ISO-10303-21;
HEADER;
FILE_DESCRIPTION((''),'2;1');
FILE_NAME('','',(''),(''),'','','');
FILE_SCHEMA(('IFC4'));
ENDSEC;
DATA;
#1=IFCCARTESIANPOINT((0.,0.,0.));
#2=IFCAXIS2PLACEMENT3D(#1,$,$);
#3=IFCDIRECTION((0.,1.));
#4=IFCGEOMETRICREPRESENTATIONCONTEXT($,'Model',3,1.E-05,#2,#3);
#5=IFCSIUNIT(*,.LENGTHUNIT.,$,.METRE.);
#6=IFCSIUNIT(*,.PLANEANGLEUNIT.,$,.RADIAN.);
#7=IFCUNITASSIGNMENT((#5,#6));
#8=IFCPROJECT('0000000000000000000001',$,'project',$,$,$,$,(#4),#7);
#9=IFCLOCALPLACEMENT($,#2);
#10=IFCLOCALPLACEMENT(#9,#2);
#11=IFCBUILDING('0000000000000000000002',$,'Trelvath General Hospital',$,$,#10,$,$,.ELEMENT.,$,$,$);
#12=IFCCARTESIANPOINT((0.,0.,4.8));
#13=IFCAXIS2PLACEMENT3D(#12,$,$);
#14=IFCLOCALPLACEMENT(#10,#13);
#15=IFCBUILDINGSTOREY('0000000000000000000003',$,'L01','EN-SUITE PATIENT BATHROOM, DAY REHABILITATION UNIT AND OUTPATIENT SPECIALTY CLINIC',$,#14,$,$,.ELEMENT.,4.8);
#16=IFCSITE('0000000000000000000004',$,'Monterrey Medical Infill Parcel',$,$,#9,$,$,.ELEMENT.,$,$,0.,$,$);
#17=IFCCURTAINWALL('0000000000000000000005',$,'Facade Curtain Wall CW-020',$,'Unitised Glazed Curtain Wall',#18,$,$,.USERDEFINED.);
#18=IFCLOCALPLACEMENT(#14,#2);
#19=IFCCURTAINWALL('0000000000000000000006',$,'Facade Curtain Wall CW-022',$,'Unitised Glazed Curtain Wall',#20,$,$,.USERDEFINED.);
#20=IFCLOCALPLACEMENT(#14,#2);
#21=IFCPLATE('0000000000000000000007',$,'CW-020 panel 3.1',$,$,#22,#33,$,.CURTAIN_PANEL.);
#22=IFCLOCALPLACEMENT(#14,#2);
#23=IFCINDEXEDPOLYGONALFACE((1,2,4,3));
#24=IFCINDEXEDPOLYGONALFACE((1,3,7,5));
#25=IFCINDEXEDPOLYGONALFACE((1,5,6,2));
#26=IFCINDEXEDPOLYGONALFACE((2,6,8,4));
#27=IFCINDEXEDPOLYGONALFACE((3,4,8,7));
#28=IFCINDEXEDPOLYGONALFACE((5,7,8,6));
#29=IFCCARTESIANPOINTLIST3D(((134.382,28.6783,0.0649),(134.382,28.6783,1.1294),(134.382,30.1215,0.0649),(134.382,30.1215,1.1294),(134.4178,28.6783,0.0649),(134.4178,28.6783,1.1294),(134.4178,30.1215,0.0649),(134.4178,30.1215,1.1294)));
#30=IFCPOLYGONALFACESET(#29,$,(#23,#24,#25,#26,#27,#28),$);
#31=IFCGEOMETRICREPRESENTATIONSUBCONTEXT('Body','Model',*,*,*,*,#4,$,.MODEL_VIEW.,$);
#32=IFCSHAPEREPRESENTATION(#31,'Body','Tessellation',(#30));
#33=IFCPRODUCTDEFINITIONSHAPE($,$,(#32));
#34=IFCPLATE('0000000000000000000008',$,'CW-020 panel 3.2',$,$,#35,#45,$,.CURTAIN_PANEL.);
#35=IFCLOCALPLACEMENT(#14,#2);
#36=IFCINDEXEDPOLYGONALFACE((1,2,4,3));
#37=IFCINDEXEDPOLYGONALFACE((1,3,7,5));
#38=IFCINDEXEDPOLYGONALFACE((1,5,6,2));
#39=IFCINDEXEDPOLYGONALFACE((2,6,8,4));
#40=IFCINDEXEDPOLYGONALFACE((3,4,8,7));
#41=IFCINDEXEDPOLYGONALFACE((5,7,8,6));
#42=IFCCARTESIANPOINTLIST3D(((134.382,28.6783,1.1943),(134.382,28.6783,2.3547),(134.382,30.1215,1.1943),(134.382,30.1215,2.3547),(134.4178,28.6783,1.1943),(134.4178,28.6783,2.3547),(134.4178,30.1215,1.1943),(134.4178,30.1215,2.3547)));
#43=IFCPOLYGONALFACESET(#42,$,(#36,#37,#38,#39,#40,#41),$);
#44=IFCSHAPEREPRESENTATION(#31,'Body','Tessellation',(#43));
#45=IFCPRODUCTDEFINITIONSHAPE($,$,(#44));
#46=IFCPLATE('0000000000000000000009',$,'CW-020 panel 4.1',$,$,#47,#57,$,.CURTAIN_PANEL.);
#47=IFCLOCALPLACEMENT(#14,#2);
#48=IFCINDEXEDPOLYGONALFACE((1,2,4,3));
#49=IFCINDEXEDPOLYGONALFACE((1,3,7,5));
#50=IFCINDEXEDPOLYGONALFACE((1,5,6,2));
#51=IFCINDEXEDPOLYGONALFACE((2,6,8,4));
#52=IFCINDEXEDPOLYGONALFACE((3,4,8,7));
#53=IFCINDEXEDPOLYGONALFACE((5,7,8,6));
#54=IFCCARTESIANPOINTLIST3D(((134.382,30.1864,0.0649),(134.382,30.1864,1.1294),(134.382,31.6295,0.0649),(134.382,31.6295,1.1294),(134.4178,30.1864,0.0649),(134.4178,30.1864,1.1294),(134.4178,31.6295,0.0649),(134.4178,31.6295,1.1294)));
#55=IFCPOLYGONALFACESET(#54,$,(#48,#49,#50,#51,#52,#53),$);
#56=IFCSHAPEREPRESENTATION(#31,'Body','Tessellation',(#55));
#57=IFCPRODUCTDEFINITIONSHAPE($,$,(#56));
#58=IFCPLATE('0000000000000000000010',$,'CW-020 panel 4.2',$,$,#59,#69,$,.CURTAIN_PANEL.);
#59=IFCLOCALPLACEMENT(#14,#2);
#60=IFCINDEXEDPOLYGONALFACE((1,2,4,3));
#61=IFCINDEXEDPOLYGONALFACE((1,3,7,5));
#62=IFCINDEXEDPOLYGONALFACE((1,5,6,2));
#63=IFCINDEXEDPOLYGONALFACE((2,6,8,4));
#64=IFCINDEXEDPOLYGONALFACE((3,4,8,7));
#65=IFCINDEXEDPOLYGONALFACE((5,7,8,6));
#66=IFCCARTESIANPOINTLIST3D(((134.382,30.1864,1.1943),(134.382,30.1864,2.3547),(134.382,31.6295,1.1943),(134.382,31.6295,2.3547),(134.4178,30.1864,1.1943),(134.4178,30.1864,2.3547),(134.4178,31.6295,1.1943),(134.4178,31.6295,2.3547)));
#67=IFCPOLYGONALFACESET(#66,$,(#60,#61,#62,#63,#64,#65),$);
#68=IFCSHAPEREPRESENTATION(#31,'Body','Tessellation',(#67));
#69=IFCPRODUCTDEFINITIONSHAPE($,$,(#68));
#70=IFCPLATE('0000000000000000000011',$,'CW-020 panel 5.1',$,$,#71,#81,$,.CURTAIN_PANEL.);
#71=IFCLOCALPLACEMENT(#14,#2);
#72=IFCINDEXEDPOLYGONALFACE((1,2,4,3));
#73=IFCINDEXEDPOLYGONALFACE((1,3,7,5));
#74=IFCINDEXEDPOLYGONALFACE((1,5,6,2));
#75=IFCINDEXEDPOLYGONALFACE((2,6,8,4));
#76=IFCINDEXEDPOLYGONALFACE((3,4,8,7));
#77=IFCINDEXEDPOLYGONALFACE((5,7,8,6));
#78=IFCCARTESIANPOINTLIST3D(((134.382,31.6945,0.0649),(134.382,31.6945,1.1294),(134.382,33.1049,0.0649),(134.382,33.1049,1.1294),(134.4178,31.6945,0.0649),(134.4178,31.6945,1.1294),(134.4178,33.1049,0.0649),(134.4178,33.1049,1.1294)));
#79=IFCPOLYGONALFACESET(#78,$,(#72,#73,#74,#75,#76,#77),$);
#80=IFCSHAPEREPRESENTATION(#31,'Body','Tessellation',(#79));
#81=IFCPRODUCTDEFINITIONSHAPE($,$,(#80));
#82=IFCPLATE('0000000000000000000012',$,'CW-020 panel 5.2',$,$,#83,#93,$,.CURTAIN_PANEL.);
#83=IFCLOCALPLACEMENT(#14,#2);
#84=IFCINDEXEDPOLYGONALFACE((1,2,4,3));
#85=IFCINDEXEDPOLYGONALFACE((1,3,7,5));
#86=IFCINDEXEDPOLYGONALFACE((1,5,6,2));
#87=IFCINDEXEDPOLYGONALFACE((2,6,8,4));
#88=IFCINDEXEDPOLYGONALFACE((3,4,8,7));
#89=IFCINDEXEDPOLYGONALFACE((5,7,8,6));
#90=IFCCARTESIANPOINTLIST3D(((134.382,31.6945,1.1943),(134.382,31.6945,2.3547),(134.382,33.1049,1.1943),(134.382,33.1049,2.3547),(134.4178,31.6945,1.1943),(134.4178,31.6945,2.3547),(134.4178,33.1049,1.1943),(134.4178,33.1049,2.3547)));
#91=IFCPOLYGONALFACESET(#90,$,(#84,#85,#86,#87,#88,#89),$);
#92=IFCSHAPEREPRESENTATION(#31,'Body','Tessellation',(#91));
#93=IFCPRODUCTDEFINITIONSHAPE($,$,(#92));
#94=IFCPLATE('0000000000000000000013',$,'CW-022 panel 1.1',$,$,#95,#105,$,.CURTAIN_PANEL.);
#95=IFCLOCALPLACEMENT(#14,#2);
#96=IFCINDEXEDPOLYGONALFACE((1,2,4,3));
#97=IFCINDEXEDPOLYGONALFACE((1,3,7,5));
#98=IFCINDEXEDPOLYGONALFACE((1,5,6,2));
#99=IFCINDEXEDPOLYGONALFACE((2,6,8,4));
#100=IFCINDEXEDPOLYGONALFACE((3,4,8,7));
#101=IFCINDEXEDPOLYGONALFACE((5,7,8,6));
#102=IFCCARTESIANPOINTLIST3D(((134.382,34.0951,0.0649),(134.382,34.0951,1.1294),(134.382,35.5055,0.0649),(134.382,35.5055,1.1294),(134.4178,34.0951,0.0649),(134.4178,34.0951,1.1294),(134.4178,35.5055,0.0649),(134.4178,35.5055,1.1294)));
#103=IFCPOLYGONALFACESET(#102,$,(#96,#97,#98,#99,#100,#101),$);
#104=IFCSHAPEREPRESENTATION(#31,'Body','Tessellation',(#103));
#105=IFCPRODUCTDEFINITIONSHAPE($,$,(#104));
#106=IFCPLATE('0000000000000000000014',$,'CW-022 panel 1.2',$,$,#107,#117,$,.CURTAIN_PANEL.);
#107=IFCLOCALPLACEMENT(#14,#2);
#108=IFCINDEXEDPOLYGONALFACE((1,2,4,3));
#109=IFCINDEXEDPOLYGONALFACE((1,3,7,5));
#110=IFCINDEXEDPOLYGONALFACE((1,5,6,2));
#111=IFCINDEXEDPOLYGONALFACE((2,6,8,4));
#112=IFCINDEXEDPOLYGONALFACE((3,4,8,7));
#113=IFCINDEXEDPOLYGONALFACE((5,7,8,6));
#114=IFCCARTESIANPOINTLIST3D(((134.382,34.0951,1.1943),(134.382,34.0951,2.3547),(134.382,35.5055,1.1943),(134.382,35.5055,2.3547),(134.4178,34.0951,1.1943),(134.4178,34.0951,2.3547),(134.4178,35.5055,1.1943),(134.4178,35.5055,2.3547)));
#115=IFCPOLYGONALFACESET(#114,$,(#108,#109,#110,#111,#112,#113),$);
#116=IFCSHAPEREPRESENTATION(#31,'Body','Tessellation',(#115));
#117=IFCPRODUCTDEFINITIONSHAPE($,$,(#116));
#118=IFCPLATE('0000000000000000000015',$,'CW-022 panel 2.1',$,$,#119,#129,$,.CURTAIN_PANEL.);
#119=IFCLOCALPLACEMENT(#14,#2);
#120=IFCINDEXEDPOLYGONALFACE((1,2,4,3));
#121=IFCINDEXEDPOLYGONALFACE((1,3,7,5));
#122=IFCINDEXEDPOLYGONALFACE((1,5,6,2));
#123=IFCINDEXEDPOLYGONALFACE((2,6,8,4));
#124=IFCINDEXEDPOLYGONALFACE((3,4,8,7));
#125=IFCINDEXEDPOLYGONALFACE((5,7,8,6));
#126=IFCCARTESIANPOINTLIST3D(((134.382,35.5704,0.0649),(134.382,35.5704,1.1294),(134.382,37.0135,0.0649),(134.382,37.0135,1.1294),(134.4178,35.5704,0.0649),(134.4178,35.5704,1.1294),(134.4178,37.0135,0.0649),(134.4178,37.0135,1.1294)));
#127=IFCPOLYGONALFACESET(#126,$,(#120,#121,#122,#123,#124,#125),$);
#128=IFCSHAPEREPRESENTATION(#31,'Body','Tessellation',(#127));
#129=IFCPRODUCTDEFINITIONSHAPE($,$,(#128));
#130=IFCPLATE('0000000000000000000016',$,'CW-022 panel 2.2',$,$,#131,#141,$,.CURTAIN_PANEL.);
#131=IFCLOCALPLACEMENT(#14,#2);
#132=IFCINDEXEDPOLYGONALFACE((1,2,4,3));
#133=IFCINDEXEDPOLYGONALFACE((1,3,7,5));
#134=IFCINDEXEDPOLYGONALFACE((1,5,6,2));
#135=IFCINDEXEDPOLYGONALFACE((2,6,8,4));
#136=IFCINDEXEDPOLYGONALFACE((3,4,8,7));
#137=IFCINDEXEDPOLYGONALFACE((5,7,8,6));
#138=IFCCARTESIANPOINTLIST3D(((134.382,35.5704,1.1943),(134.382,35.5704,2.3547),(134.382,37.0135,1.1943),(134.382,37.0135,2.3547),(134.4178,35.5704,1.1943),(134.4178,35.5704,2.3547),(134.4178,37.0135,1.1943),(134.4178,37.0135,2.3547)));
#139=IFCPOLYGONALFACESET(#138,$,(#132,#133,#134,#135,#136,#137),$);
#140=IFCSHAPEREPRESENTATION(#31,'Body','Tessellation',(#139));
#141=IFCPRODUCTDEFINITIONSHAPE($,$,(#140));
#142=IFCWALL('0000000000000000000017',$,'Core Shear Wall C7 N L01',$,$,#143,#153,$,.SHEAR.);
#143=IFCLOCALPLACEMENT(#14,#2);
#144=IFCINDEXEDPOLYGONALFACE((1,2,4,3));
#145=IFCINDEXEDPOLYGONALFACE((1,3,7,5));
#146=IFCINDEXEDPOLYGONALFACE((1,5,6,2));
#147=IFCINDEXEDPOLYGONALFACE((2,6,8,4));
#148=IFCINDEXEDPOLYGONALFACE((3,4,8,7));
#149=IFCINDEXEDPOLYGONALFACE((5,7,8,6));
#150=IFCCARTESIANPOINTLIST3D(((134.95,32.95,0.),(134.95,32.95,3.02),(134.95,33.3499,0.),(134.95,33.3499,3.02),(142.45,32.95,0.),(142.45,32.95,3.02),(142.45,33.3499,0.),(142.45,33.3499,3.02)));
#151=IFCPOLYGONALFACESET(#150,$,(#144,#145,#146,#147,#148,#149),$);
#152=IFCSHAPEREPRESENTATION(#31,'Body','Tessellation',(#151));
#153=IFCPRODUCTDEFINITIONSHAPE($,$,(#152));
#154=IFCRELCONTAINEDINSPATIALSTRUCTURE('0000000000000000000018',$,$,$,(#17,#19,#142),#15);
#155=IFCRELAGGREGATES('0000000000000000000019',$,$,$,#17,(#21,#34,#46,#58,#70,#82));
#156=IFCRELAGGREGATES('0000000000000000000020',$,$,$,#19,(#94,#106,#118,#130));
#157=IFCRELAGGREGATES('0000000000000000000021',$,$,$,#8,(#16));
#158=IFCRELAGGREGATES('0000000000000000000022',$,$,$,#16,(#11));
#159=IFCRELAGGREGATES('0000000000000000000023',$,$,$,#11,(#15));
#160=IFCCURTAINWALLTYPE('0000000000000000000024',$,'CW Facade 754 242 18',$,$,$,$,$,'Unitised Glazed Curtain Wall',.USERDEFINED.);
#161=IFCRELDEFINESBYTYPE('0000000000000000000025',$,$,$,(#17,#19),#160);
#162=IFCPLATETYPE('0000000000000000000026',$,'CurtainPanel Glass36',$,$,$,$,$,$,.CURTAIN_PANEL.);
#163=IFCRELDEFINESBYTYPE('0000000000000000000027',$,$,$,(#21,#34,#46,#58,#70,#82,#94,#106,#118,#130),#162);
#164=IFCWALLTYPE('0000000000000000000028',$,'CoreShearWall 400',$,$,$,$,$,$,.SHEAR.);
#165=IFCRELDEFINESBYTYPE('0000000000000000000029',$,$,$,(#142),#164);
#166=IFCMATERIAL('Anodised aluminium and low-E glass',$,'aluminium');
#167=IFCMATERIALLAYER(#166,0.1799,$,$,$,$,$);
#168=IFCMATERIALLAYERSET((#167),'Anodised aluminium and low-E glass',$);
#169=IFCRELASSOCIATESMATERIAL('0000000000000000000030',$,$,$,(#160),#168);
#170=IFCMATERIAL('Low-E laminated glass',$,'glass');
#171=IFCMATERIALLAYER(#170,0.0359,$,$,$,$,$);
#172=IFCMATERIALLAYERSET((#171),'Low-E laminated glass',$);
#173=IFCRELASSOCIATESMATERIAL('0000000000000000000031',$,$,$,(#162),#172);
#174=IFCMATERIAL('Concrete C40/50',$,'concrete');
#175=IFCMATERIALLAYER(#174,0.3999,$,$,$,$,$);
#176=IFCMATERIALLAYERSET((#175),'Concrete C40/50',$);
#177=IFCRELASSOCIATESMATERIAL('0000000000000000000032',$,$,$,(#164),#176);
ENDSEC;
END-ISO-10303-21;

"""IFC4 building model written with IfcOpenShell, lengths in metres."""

from ifc_helpers import new_model, si_unit, direction, frame, frame_2d, origin, origin_2d, place, context, subcontext, project, spatial, rectangle, extrude, material, layer, layer_set, type_object, element, aggregate, save


model = new_model("IFC4")

# Units and contexts
model_context = context("Model", 3, precision=1e-05, world=origin(), true_north=direction((0.0, 1.0)))
body_context = subcontext(model_context, "Body", "Model", "MODEL_VIEW")
ifc_project = project(units=[si_unit("LENGTHUNIT", "METRE"), si_unit("PLANEANGLEUNIT", "RADIAN")], contexts=[model_context])

# Site, building, storey
site_placement = place(None, origin())
site = spatial("IfcSite", under=ifc_project, at=site_placement, Name="Monterrey Medical Infill Parcel", CompositionType="ELEMENT", RefElevation=0.0)
building_placement = place(site_placement, origin())
building = spatial("IfcBuilding", under=site, at=building_placement, Name="Trelvath General Hospital", CompositionType="ELEMENT")
storey_placement = place(building_placement, frame((0.0, 0.0, 4.8)))
storey = spatial("IfcBuildingStorey", under=building, at=storey_placement, Name="L01", Description="EN-SUITE PATIENT BATHROOM, DAY REHABILITATION UNIT AND OUTPATIENT SPECIALTY CLINIC", CompositionType="ELEMENT", Elevation=4.8)

# Curtain walls
ifc_material_1 = material(Name="Anodised aluminium and low-E glass", Category="aluminium")
ifc_layer_1 = layer(ifc_material_1, 0.1799)
ifc_layer_set_1 = layer_set([ifc_layer_1], Name="Anodised aluminium and low-E glass")
curtain_wall_type = type_object("IfcCurtainWallType", Name="CW Facade 754 242 18", ElementType="Unitised Glazed Curtain Wall", PredefinedType="USERDEFINED", material=ifc_layer_set_1)
curtain_wall_1_placement = place(storey_placement, origin())
curtain_wall_1 = element("IfcCurtainWall", 1, at=curtain_wall_1_placement, inside=storey, type_object=curtain_wall_type, Name="Facade Curtain Wall CW-020", ObjectType="Unitised Glazed Curtain Wall", PredefinedType="USERDEFINED")
curtain_wall_2_placement = place(storey_placement, origin())
curtain_wall_2 = element("IfcCurtainWall", 2, at=curtain_wall_2_placement, inside=storey, type_object=curtain_wall_type, Name="Facade Curtain Wall CW-022", ObjectType="Unitised Glazed Curtain Wall", PredefinedType="USERDEFINED")

# Plates
ifc_material_2 = material(Name="Low-E laminated glass", Category="glass")
ifc_layer_2 = layer(ifc_material_2, 0.0359)
ifc_layer_set_2 = layer_set([ifc_layer_2], Name="Low-E laminated glass")
plate_type = type_object("IfcPlateType", Name="CurtainPanel Glass36", PredefinedType="CURTAIN_PANEL", material=ifc_layer_set_2)
plate_1_placement = place(storey_placement, frame((134.3999, 29.3999, 0.0649), z_axis=(0.0, 0.0, 1.0), x_axis=(0.0, 1.0, 0.0)))
plate_1 = element("IfcPlate", 3, at=plate_1_placement, type_object=plate_type, Name="CW-020 panel 3.1", PredefinedType="CURTAIN_PANEL", context=body_context, shape_type="SweptSolid", body=[
    extrude(rectangle(XDim=1.4431, YDim=0.0359, at=origin_2d()), origin(), (0.0, 0.0, 1.0), 1.0645),
])
plate_2_placement = place(storey_placement, frame((134.3999, 29.3999, 1.1943), z_axis=(0.0, 0.0, 1.0), x_axis=(0.0, 1.0, 0.0)))
plate_2 = element("IfcPlate", 4, at=plate_2_placement, type_object=plate_type, Name="CW-020 panel 3.2", PredefinedType="CURTAIN_PANEL", context=body_context, shape_type="SweptSolid", body=[
    extrude(rectangle(XDim=1.4431, YDim=0.0359, at=origin_2d()), origin(), (0.0, 0.0, 1.0), 1.1604),
])
plate_3_placement = place(storey_placement, frame((134.3999, 30.908, 0.0649), z_axis=(0.0, 0.0, 1.0), x_axis=(0.0, 1.0, 0.0)))
plate_3 = element("IfcPlate", 5, at=plate_3_placement, type_object=plate_type, Name="CW-020 panel 4.1", PredefinedType="CURTAIN_PANEL", context=body_context, shape_type="SweptSolid", body=[
    extrude(rectangle(XDim=1.4431, YDim=0.0359, at=origin_2d()), origin(), (0.0, 0.0, 1.0), 1.0645),
])
plate_4_placement = place(storey_placement, frame((134.3999, 30.908, 1.1943), z_axis=(0.0, 0.0, 1.0), x_axis=(0.0, 1.0, 0.0)))
plate_4 = element("IfcPlate", 6, at=plate_4_placement, type_object=plate_type, Name="CW-020 panel 4.2", PredefinedType="CURTAIN_PANEL", context=body_context, shape_type="SweptSolid", body=[
    extrude(rectangle(XDim=1.4431, YDim=0.0359, at=origin_2d()), origin(), (0.0, 0.0, 1.0), 1.1604),
])
plate_5_placement = place(storey_placement, frame((134.3999, 32.3997, 0.0649), z_axis=(0.0, 0.0, 1.0), x_axis=(0.0, 1.0, 0.0)))
plate_5 = element("IfcPlate", 7, at=plate_5_placement, type_object=plate_type, Name="CW-020 panel 5.1", PredefinedType="CURTAIN_PANEL", context=body_context, shape_type="SweptSolid", body=[
    extrude(rectangle(XDim=1.4104, YDim=0.0359, at=origin_2d()), origin(), (0.0, 0.0, 1.0), 1.0645),
])
plate_6_placement = place(storey_placement, frame((134.3999, 32.3997, 1.1943), z_axis=(0.0, 0.0, 1.0), x_axis=(0.0, 1.0, 0.0)))
plate_6 = element("IfcPlate", 8, at=plate_6_placement, type_object=plate_type, Name="CW-020 panel 5.2", PredefinedType="CURTAIN_PANEL", context=body_context, shape_type="SweptSolid", body=[
    extrude(rectangle(XDim=1.4104, YDim=0.0359, at=origin_2d()), origin(), (0.0, 0.0, 1.0), 1.1604),
])
aggregate(curtain_wall_1, [plate_1, plate_2, plate_3, plate_4, plate_5, plate_6])
plate_7_placement = place(storey_placement, frame((134.3999, 34.8003, 0.0649), z_axis=(0.0, 0.0, 1.0), x_axis=(0.0, 1.0, 0.0)))
plate_7 = element("IfcPlate", 9, at=plate_7_placement, type_object=plate_type, Name="CW-022 panel 1.1", PredefinedType="CURTAIN_PANEL", context=body_context, shape_type="SweptSolid", body=[
    extrude(rectangle(XDim=1.4104, YDim=0.0359, at=origin_2d()), origin(), (0.0, 0.0, 1.0), 1.0645),
])
plate_8_placement = place(storey_placement, frame((134.3999, 34.8003, 1.1943), z_axis=(0.0, 0.0, 1.0), x_axis=(0.0, 1.0, 0.0)))
plate_8 = element("IfcPlate", 10, at=plate_8_placement, type_object=plate_type, Name="CW-022 panel 1.2", PredefinedType="CURTAIN_PANEL", context=body_context, shape_type="SweptSolid", body=[
    extrude(rectangle(XDim=1.4104, YDim=0.0359, at=origin_2d()), origin(), (0.0, 0.0, 1.0), 1.1604),
])
plate_9_placement = place(storey_placement, frame((134.3999, 36.292, 0.0649), z_axis=(0.0, 0.0, 1.0), x_axis=(0.0, 1.0, 0.0)))
plate_9 = element("IfcPlate", 11, at=plate_9_placement, type_object=plate_type, Name="CW-022 panel 2.1", PredefinedType="CURTAIN_PANEL", context=body_context, shape_type="SweptSolid", body=[
    extrude(rectangle(XDim=1.4431, YDim=0.0359, at=origin_2d()), origin(), (0.0, 0.0, 1.0), 1.0645),
])
plate_10_placement = place(storey_placement, frame((134.3999, 36.292, 1.1943), z_axis=(0.0, 0.0, 1.0), x_axis=(0.0, 1.0, 0.0)))
plate_10 = element("IfcPlate", 12, at=plate_10_placement, type_object=plate_type, Name="CW-022 panel 2.2", PredefinedType="CURTAIN_PANEL", context=body_context, shape_type="SweptSolid", body=[
    extrude(rectangle(XDim=1.4431, YDim=0.0359, at=origin_2d()), origin(), (0.0, 0.0, 1.0), 1.1604),
])
aggregate(curtain_wall_2, [plate_7, plate_8, plate_9, plate_10])

# Wall
ifc_material_3 = material(Name="Concrete C40/50", Category="concrete")
ifc_layer_3 = layer(ifc_material_3, 0.3999)
ifc_layer_set_3 = layer_set([ifc_layer_3], Name="Concrete C40/50")
wall_type = type_object("IfcWallType", Name="CoreShearWall 400", PredefinedType="SHEAR", material=ifc_layer_set_3)
wall_placement = place(storey_placement, frame((134.95, 33.1499, 0.0), z_axis=(0.0, 0.0, 1.0), x_axis=(1.0, 0.0, 0.0)))
element("IfcWall", 13, at=wall_placement, inside=storey, type_object=wall_type, Name="Core Shear Wall C7 N L01", PredefinedType="SHEAR", context=body_context, shape_type="SweptSolid", body=[
    extrude(rectangle(XDim=7.5, YDim=0.3999, at=frame_2d((3.75, 0.0))), origin(), (0.0, 0.0, 1.0), 3.02),
])

save(model, "model.ifc")
